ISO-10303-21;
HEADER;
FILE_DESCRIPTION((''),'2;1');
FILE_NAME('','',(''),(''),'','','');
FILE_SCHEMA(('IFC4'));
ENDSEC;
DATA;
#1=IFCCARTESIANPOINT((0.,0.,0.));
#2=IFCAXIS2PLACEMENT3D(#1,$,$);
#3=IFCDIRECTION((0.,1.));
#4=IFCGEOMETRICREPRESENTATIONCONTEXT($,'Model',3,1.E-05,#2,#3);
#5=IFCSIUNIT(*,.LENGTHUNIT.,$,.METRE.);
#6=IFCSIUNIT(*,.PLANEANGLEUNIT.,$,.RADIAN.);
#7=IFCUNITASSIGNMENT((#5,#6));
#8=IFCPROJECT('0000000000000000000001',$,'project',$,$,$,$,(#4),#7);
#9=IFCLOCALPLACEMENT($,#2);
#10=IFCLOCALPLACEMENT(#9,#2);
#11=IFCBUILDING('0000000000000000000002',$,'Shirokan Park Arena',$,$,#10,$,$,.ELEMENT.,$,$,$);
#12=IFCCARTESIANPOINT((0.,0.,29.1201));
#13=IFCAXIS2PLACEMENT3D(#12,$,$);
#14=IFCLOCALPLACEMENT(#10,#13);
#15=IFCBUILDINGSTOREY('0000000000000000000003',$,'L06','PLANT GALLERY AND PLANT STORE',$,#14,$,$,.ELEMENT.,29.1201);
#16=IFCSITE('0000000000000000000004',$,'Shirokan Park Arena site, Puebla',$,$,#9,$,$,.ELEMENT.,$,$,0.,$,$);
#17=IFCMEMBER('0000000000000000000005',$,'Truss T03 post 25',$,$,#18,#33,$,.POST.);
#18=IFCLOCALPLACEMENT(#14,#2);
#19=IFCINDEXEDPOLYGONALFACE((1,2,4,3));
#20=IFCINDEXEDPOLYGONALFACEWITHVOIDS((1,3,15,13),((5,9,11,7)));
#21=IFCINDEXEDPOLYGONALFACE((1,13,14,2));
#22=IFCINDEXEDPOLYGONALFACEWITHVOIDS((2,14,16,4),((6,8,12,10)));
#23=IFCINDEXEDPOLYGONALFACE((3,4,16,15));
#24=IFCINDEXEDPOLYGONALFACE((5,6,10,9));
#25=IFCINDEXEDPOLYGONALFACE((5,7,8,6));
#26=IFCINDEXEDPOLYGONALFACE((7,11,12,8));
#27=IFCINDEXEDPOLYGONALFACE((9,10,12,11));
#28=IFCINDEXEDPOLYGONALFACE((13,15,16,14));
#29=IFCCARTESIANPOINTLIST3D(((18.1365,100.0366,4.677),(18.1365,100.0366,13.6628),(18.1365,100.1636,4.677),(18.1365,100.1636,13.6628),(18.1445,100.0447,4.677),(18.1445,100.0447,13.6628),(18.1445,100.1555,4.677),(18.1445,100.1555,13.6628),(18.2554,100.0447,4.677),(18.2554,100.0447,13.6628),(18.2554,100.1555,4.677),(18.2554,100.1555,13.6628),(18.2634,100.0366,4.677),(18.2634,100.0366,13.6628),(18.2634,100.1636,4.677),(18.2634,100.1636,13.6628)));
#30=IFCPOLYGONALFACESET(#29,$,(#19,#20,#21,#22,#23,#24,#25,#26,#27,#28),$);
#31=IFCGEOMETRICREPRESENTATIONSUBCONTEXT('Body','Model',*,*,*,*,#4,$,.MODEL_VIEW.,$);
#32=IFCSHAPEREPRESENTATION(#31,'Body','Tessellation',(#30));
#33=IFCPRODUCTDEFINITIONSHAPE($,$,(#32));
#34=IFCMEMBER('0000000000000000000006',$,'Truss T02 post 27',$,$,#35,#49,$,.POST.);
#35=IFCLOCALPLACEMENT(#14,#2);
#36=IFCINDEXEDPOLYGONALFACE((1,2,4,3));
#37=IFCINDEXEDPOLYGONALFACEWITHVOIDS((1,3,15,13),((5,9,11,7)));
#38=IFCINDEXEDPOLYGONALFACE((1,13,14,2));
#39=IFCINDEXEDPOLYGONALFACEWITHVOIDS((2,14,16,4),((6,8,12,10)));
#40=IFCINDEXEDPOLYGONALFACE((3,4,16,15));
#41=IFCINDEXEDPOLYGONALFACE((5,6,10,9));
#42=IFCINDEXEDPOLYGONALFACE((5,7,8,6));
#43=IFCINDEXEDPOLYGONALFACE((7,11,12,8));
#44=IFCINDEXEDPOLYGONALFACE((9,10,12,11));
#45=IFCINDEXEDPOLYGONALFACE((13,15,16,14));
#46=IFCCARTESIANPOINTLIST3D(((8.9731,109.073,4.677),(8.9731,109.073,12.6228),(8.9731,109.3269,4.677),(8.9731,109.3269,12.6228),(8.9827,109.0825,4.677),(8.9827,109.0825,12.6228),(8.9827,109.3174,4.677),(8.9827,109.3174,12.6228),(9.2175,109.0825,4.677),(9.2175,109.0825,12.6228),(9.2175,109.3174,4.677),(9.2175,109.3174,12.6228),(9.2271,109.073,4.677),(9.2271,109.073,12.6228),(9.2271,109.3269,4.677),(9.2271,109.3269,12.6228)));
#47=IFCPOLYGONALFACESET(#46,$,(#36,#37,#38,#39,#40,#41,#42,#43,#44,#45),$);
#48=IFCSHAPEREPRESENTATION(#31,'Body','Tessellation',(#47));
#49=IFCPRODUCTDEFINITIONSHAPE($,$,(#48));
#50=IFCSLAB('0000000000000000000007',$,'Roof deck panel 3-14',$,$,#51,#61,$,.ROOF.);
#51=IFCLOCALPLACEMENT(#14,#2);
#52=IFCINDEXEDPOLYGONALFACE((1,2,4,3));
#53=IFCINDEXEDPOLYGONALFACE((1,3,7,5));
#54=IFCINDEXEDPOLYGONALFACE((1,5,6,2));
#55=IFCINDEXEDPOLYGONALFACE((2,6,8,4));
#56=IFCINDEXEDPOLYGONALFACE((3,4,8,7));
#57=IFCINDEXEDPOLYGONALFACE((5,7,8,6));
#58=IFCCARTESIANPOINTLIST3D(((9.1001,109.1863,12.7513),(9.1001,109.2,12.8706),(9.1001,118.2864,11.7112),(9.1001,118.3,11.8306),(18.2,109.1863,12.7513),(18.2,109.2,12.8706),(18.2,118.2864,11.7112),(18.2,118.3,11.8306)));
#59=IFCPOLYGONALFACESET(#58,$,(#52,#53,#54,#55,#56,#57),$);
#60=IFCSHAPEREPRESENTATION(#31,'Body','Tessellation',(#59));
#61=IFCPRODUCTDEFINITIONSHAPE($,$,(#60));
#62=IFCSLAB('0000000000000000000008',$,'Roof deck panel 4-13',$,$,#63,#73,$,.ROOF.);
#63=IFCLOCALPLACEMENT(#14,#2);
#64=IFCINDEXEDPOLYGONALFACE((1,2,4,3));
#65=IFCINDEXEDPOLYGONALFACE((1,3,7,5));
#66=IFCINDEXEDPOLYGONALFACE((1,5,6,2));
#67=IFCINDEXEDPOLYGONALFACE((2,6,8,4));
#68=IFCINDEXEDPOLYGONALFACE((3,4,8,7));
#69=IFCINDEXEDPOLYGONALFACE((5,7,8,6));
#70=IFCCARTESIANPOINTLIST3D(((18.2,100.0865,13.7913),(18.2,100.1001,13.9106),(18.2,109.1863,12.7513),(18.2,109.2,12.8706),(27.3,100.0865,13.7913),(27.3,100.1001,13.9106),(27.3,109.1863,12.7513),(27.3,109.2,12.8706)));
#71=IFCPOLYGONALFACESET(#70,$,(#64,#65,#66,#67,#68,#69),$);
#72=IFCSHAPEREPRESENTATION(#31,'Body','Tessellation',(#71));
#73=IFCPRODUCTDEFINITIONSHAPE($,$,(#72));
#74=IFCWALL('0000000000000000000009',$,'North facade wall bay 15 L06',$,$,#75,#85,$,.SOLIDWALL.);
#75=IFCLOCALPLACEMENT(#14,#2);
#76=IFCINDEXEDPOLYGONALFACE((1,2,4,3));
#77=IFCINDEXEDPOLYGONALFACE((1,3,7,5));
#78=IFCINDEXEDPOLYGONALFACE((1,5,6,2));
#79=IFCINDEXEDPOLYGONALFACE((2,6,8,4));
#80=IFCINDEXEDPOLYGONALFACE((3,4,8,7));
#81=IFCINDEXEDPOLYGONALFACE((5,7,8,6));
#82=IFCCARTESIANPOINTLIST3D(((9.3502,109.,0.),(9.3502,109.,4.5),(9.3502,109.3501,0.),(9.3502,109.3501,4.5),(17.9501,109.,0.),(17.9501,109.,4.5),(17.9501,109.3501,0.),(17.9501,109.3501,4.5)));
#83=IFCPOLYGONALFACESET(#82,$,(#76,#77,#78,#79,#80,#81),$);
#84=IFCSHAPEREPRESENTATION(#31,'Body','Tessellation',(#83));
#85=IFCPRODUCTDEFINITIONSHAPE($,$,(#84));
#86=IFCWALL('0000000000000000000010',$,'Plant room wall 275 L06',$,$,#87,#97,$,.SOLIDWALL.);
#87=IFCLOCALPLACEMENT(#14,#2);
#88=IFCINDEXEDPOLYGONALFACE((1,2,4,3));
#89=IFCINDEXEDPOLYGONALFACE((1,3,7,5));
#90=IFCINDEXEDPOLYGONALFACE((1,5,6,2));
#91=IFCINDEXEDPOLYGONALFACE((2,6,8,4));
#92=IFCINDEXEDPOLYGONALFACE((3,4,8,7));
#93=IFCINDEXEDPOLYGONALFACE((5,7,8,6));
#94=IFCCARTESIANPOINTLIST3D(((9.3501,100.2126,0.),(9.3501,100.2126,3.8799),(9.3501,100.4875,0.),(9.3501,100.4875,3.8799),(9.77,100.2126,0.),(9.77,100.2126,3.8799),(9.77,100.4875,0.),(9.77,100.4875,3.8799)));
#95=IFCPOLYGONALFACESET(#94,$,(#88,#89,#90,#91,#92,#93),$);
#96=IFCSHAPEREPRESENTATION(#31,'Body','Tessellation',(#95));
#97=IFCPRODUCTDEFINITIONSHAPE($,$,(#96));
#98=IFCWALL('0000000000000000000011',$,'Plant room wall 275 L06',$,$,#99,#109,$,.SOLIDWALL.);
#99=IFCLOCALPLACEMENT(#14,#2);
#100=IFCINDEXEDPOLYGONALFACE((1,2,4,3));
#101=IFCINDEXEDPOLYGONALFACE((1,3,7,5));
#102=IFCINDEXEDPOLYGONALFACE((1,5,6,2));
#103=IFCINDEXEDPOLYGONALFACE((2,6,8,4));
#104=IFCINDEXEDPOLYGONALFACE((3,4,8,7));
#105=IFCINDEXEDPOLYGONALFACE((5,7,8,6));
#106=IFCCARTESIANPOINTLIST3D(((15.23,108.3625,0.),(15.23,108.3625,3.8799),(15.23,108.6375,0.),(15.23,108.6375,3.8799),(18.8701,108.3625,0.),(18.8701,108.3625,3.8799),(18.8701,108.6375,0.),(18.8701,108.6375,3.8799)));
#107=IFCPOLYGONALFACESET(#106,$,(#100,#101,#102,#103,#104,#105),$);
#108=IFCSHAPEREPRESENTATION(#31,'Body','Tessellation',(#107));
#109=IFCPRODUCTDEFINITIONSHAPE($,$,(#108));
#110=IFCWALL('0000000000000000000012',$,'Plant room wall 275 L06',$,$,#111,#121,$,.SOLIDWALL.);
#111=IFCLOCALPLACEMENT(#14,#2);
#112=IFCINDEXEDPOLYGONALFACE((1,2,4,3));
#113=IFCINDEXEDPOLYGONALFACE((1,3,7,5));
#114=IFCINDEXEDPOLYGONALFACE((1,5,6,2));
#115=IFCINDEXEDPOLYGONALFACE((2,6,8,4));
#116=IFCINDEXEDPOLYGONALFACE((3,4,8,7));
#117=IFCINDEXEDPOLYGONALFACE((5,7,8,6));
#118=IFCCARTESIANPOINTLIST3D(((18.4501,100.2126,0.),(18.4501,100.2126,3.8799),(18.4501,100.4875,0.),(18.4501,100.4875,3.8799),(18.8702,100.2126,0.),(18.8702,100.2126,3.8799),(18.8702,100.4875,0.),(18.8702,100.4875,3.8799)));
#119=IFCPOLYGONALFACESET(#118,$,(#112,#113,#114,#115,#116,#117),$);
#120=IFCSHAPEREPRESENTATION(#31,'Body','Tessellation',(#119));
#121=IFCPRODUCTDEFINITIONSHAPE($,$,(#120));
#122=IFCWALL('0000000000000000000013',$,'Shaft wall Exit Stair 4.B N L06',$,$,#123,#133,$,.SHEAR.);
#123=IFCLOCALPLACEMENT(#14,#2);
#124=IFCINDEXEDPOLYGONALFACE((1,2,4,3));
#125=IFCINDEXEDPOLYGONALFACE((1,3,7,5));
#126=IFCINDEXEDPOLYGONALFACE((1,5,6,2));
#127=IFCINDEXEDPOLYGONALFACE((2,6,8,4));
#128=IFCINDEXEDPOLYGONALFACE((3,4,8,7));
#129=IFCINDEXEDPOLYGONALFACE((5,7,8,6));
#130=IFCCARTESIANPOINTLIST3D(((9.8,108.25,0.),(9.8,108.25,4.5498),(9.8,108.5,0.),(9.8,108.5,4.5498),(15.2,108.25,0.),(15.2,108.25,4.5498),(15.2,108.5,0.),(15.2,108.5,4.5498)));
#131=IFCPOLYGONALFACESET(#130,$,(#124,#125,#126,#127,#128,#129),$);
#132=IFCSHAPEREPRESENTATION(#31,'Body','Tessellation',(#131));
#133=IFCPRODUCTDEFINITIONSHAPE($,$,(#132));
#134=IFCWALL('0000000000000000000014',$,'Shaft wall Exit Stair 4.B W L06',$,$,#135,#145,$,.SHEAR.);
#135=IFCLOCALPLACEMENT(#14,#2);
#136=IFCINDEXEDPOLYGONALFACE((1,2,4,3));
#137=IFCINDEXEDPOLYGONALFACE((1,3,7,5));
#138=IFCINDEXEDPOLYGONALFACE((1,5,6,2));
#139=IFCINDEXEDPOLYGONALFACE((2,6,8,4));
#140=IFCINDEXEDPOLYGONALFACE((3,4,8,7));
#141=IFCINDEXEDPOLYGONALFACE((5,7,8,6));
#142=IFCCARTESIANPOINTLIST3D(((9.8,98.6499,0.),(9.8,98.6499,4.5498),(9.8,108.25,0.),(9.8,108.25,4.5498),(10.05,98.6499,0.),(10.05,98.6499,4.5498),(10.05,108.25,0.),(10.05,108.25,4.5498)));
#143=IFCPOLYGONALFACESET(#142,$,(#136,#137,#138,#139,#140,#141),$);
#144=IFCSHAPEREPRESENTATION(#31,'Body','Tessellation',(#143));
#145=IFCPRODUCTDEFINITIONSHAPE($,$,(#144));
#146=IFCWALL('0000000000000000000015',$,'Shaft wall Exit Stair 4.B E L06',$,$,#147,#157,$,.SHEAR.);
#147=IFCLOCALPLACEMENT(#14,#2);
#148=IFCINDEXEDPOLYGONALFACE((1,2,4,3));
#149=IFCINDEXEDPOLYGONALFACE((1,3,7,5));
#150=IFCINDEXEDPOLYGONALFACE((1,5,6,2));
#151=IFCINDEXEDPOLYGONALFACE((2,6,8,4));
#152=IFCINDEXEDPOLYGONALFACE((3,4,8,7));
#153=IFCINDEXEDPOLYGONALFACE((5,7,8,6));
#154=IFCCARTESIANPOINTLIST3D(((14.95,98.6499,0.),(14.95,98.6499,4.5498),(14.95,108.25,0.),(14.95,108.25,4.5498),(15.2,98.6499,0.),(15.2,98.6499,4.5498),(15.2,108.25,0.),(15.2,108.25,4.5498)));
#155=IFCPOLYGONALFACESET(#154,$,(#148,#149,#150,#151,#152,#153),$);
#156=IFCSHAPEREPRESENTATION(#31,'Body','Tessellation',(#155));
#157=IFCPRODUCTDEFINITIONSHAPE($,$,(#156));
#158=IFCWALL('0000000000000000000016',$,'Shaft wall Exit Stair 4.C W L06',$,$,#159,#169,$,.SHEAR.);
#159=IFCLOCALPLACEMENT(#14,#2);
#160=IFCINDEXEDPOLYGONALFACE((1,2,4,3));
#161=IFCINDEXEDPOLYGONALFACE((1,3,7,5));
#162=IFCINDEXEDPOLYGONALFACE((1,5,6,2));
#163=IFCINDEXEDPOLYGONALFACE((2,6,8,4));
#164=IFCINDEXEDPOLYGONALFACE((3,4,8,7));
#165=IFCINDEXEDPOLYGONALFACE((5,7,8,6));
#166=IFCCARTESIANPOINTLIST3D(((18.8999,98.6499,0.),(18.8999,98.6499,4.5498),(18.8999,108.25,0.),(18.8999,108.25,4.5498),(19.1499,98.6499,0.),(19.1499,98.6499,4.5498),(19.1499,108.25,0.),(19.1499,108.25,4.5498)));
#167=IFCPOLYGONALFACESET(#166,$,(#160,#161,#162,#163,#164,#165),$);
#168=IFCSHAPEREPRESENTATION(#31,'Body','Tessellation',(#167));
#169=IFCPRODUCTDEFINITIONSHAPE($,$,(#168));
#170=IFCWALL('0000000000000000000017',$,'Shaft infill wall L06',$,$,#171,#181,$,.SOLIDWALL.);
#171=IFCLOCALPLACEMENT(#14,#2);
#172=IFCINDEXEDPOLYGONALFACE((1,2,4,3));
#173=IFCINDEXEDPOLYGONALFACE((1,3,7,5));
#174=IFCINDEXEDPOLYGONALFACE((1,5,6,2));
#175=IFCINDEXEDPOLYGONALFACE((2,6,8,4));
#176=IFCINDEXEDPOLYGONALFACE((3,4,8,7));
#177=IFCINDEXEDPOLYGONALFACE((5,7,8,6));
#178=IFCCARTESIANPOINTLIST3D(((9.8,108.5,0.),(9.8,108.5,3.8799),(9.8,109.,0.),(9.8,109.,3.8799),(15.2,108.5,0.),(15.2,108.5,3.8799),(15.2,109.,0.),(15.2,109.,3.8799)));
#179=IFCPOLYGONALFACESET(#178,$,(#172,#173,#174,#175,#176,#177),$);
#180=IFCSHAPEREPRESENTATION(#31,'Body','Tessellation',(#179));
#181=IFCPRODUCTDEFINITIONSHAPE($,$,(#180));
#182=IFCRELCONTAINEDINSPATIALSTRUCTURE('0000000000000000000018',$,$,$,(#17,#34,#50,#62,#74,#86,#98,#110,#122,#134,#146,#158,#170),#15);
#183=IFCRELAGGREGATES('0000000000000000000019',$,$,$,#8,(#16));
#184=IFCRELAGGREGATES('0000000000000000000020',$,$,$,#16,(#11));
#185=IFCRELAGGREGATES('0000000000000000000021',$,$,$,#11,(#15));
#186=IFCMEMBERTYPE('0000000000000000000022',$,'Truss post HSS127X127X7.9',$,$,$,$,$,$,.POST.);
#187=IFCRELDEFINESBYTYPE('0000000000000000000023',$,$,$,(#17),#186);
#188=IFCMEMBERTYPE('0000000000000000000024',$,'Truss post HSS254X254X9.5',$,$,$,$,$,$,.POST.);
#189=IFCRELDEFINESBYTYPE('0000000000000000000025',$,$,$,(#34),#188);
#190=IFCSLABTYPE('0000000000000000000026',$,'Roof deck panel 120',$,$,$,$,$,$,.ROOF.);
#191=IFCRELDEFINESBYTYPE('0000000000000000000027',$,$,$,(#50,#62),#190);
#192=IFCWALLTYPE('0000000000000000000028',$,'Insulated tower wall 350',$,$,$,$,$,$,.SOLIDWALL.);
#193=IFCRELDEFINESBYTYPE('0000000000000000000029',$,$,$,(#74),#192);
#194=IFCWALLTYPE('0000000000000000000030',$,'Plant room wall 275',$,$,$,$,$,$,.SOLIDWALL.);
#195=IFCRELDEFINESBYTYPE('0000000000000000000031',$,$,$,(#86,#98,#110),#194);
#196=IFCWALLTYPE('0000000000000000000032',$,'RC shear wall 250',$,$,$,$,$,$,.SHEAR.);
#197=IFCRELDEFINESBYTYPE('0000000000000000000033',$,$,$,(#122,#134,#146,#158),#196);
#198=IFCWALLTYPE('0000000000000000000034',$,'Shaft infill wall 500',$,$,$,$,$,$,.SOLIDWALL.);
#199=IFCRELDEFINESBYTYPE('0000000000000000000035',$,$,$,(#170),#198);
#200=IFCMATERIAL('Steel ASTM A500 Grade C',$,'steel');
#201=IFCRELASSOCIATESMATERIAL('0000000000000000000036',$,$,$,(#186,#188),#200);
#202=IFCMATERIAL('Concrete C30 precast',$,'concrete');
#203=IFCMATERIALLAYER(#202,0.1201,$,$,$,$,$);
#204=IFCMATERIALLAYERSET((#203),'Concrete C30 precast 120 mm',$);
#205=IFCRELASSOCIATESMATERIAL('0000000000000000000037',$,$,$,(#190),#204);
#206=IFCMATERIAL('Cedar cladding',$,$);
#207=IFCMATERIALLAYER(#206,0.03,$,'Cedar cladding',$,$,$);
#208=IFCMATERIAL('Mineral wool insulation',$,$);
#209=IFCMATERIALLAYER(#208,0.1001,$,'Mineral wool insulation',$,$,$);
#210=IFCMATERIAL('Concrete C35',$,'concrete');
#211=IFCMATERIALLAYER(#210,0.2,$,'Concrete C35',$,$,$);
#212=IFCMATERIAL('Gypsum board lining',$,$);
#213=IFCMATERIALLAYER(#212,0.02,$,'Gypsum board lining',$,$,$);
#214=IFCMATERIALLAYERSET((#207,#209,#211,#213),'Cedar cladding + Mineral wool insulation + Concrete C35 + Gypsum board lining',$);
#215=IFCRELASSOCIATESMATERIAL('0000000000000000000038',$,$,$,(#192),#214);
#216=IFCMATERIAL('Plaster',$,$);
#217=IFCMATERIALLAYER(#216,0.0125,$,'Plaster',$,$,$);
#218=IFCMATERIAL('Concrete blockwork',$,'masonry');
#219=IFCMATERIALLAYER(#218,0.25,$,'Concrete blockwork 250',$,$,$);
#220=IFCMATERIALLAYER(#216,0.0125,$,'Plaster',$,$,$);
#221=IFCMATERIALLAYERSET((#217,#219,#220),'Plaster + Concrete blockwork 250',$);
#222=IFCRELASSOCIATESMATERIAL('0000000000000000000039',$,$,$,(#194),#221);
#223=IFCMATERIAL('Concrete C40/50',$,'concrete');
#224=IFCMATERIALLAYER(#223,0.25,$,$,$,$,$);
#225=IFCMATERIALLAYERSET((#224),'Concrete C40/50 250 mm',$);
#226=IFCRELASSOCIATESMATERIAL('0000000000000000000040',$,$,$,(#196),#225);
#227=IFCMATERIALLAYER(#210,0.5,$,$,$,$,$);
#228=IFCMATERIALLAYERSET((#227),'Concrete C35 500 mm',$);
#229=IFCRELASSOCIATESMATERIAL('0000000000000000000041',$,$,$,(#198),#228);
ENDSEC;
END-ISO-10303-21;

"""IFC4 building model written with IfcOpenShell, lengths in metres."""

from ifc_helpers import new_model, si_unit, direction, frame, frame_2d, origin, origin_2d, place, context, subcontext, project, spatial, polyline, rectangle, hollow_rectangle, outline, extrude, material, layer, layer_set, material_profile, profile_set, type_object, element, save


model = new_model("IFC4")

# Units and contexts
model_context = context("Model", 3, precision=1e-05, world=origin(), true_north=direction((0.0, 1.0)))
body_context = subcontext(model_context, "Body", "Model", "MODEL_VIEW")
ifc_project = project(units=[si_unit("LENGTHUNIT", "METRE"), si_unit("PLANEANGLEUNIT", "RADIAN")], contexts=[model_context])

# Site, building, storey
site_placement = place(None, origin())
site = spatial("IfcSite", under=ifc_project, at=site_placement, Name="Shirokan Park Arena site, Puebla", CompositionType="ELEMENT", RefElevation=0.0)
building_placement = place(site_placement, origin())
building = spatial("IfcBuilding", under=site, at=building_placement, Name="Shirokan Park Arena", CompositionType="ELEMENT")
storey_placement = place(building_placement, frame((0.0, 0.0, 29.1201)))
storey = spatial("IfcBuildingStorey", under=building, at=storey_placement, Name="L06", Description="PLANT GALLERY AND PLANT STORE", CompositionType="ELEMENT", Elevation=29.1201)

# Shared definitions
ifc_material_1 = material(Name="Steel ASTM A500 Grade C", Category="steel")

# Shared definitions
ifc_material_2 = material(Name="Concrete C35", Category="concrete")

# Members
ifc_material_profile_1 = material_profile(ifc_material_1, hollow_rectangle(XDim=0.127, YDim=0.127, WallThickness=0.0081, at=origin_2d()), Name="HSS127X127X7.9")
ifc_profile_set_1 = profile_set([ifc_material_profile_1], Name="Steel ASTM A500 Grade C")
member_type_1 = type_object("IfcMemberType", Name="Truss post HSS127X127X7.9", PredefinedType="POST", material=ifc_profile_set_1)
member_1_placement = place(storey_placement, frame((18.2, 100.1001, 4.677), z_axis=(0.0, 0.0, 1.0), x_axis=(1.0, 0.0, 0.0)))
element("IfcMember", 1, at=member_1_placement, inside=storey, type_object=member_type_1, Name="Truss T03 post 25", PredefinedType="POST", context=body_context, shape_type="SweptSolid", body=[
    extrude(hollow_rectangle(XDim=0.127, YDim=0.127, WallThickness=0.0081, at=origin_2d()), origin(), (0.0, 0.0, 1.0), 8.9858),
])
ifc_material_profile_2 = material_profile(ifc_material_1, hollow_rectangle(XDim=0.2539, YDim=0.2539, WallThickness=0.0095, at=origin_2d()), Name="HSS254X254X9.5")
ifc_profile_set_2 = profile_set([ifc_material_profile_2], Name="Steel ASTM A500 Grade C")
member_type_2 = type_object("IfcMemberType", Name="Truss post HSS254X254X9.5", PredefinedType="POST", material=ifc_profile_set_2)
member_2_placement = place(storey_placement, frame((9.1001, 109.2, 4.677), z_axis=(0.0, 0.0, 1.0), x_axis=(1.0, 0.0, 0.0)))
element("IfcMember", 2, at=member_2_placement, inside=storey, type_object=member_type_2, Name="Truss T02 post 27", PredefinedType="POST", context=body_context, shape_type="SweptSolid", body=[
    extrude(hollow_rectangle(XDim=0.2539, YDim=0.2539, WallThickness=0.0095, at=origin_2d()), origin(), (0.0, 0.0, 1.0), 7.9458),
])

# Slabs
ifc_material_3 = material(Name="Concrete C30 precast", Category="concrete")
ifc_layer_1 = layer(ifc_material_3, 0.1201)
ifc_layer_set_1 = layer_set([ifc_layer_1], Name="Concrete C30 precast 120 mm")
slab_type = type_object("IfcSlabType", Name="Roof deck panel 120", PredefinedType="ROOF", material=ifc_layer_set_1)
slab_1_placement = place(storey_placement, frame((9.1001, 109.2, 12.8706), z_axis=(0.0, 0.11355, 0.993532), x_axis=(1.0, 0.0, 0.0)))
element("IfcSlab", 3, at=slab_1_placement, inside=storey, type_object=slab_type, Name="Roof deck panel 3-14", PredefinedType="ROOF", context=body_context, shape_type="SweptSolid", body=[
    extrude(outline(polyline([(0.0, 0.0), (9.0999, 0.0), (9.0999, 9.1593), (0.0, 9.1593), (0.0, 0.0)])), origin(), (0.0, 0.0, -1.0), 0.1201),
])
slab_2_placement = place(storey_placement, frame((18.2, 100.1001, 13.9106), z_axis=(0.0, 0.113553, 0.993532), x_axis=(1.0, 0.0, 0.0)))
element("IfcSlab", 4, at=slab_2_placement, inside=storey, type_object=slab_type, Name="Roof deck panel 4-13", PredefinedType="ROOF", context=body_context, shape_type="SweptSolid", body=[
    extrude(outline(polyline([(0.0, 0.0), (9.1001, 0.0), (9.1001, 9.1591), (0.0, 9.1591), (0.0, 0.0)])), origin(), (0.0, 0.0, -1.0), 0.1201),
])

# Walls
ifc_material_4 = material(Name="Cedar cladding")
ifc_layer_2 = layer(ifc_material_4, 0.03, Name="Cedar cladding")
ifc_material_5 = material(Name="Mineral wool insulation")
ifc_layer_3 = layer(ifc_material_5, 0.1001, Name="Mineral wool insulation")
ifc_layer_4 = layer(ifc_material_2, 0.2, Name="Concrete C35")
ifc_material_6 = material(Name="Gypsum board lining")
ifc_layer_5 = layer(ifc_material_6, 0.02, Name="Gypsum board lining")
ifc_layer_set_2 = layer_set([ifc_layer_2, ifc_layer_3, ifc_layer_4, ifc_layer_5], Name="Cedar cladding + Mineral wool insulation + Concrete C35 + Gypsum board lining")
wall_type_1 = type_object("IfcWallType", Name="Insulated tower wall 350", PredefinedType="SOLIDWALL", material=ifc_layer_set_2)
wall_1_placement = place(storey_placement, frame((17.95, 109.175, 0.0), z_axis=(0.0, 0.0, 1.0), x_axis=(-1.0, 0.0, 0.0)))
element("IfcWall", 5, at=wall_1_placement, inside=storey, type_object=wall_type_1, Name="North facade wall bay 15 L06", PredefinedType="SOLIDWALL", context=body_context, shape_type="SweptSolid", body=[
    extrude(rectangle(XDim=8.5999, YDim=0.3501, at=frame_2d((4.2998, 0.0))), origin(), (0.0, 0.0, 1.0), 4.5),
])
ifc_material_7 = material(Name="Plaster")
ifc_layer_6 = layer(ifc_material_7, 0.0125, Name="Plaster")
ifc_material_8 = material(Name="Concrete blockwork", Category="masonry")
ifc_layer_7 = layer(ifc_material_8, 0.25, Name="Concrete blockwork 250")
ifc_layer_8 = layer(ifc_material_7, 0.0125, Name="Plaster")
ifc_layer_set_3 = layer_set([ifc_layer_6, ifc_layer_7, ifc_layer_8], Name="Plaster + Concrete blockwork 250")
wall_type_2 = type_object("IfcWallType", Name="Plant room wall 275", PredefinedType="SOLIDWALL", material=ifc_layer_set_3)
wall_2_placement = place(storey_placement, frame((9.77, 100.3501, 0.0), z_axis=(0.0, 0.0, 1.0), x_axis=(-1.0, 0.0, 0.0)))
element("IfcWall", 6, at=wall_2_placement, inside=storey, type_object=wall_type_2, Name="Plant room wall 275 L06", PredefinedType="SOLIDWALL", context=body_context, shape_type="SweptSolid", body=[
    extrude(rectangle(XDim=0.4199, YDim=0.2749, at=frame_2d((0.21, 0.0))), origin(), (0.0, 0.0, 1.0), 3.8799),
])
wall_3_placement = place(storey_placement, frame((15.23, 108.5, 0.0), z_axis=(0.0, 0.0, 1.0), x_axis=(1.0, 0.0, 0.0)))
element("IfcWall", 7, at=wall_3_placement, inside=storey, type_object=wall_type_2, Name="Plant room wall 275 L06", PredefinedType="SOLIDWALL", context=body_context, shape_type="SweptSolid", body=[
    extrude(rectangle(XDim=3.6401, YDim=0.2749, at=frame_2d((1.8201, 0.0))), origin(), (0.0, 0.0, 1.0), 3.8799),
])
wall_4_placement = place(storey_placement, frame((18.8701, 100.3501, 0.0), z_axis=(0.0, 0.0, 1.0), x_axis=(-1.0, 0.0, 0.0)))
element("IfcWall", 8, at=wall_4_placement, inside=storey, type_object=wall_type_2, Name="Plant room wall 275 L06", PredefinedType="SOLIDWALL", context=body_context, shape_type="SweptSolid", body=[
    extrude(rectangle(XDim=0.4202, YDim=0.2749, at=frame_2d((0.21, 0.0))), origin(), (0.0, 0.0, 1.0), 3.8799),
])
ifc_material_9 = material(Name="Concrete C40/50", Category="concrete")
ifc_layer_9 = layer(ifc_material_9, 0.25)
ifc_layer_set_4 = layer_set([ifc_layer_9], Name="Concrete C40/50 250 mm")
wall_type_3 = type_object("IfcWallType", Name="RC shear wall 250", PredefinedType="SHEAR", material=ifc_layer_set_4)
wall_5_placement = place(storey_placement, frame((15.2, 108.375, 0.0), z_axis=(0.0, 0.0, 1.0), x_axis=(-1.0, 0.0, 0.0)))
element("IfcWall", 9, at=wall_5_placement, inside=storey, type_object=wall_type_3, Name="Shaft wall Exit Stair 4.B N L06", PredefinedType="SHEAR", context=body_context, shape_type="SweptSolid", body=[
    extrude(rectangle(XDim=5.3999, YDim=0.25, at=frame_2d((2.7, 0.0))), origin(), (0.0, 0.0, 1.0), 4.5498),
])
for number, where, z_axis, x_axis, name in (
    (10, (9.925, 108.25, 0.0), (0.0, 0.0, 1.0), (0.0, -1.0, 0.0), "Shaft wall Exit Stair 4.B W L06"),
    (11, (15.075, 108.25, 0.0), (0.0, 0.0, 1.0), (0.0, -1.0, 0.0), "Shaft wall Exit Stair 4.B E L06"),
    (12, (19.0249, 108.25, 0.0), (0.0, 0.0, 1.0), (0.0, -1.0, 0.0), "Shaft wall Exit Stair 4.C W L06"),
):
    element("IfcWall", number, at=place(storey_placement, frame(where, z_axis=z_axis, x_axis=x_axis)), inside=storey, type_object=wall_type_3, Name=name, PredefinedType="SHEAR", context=body_context, shape_type="SweptSolid", body=[
        extrude(rectangle(XDim=9.6001, YDim=0.25, at=frame_2d((4.8, 0.0))), origin(), (0.0, 0.0, 1.0), 4.5498),
    ])
ifc_layer_10 = layer(ifc_material_2, 0.5)
ifc_layer_set_5 = layer_set([ifc_layer_10], Name="Concrete C35 500 mm")
wall_type_4 = type_object("IfcWallType", Name="Shaft infill wall 500", PredefinedType="SOLIDWALL", material=ifc_layer_set_5)
wall_6_placement = place(storey_placement, frame((9.8, 108.75, 0.0), z_axis=(0.0, 0.0, 1.0), x_axis=(1.0, 0.0, 0.0)))
element("IfcWall", 13, at=wall_6_placement, inside=storey, type_object=wall_type_4, Name="Shaft infill wall L06", PredefinedType="SOLIDWALL", context=body_context, shape_type="SweptSolid", body=[
    extrude(rectangle(XDim=5.3999, YDim=0.5, at=frame_2d((2.7, 0.0))), origin(), (0.0, 0.0, 1.0), 3.8799),
])

save(model, "model.ifc")
